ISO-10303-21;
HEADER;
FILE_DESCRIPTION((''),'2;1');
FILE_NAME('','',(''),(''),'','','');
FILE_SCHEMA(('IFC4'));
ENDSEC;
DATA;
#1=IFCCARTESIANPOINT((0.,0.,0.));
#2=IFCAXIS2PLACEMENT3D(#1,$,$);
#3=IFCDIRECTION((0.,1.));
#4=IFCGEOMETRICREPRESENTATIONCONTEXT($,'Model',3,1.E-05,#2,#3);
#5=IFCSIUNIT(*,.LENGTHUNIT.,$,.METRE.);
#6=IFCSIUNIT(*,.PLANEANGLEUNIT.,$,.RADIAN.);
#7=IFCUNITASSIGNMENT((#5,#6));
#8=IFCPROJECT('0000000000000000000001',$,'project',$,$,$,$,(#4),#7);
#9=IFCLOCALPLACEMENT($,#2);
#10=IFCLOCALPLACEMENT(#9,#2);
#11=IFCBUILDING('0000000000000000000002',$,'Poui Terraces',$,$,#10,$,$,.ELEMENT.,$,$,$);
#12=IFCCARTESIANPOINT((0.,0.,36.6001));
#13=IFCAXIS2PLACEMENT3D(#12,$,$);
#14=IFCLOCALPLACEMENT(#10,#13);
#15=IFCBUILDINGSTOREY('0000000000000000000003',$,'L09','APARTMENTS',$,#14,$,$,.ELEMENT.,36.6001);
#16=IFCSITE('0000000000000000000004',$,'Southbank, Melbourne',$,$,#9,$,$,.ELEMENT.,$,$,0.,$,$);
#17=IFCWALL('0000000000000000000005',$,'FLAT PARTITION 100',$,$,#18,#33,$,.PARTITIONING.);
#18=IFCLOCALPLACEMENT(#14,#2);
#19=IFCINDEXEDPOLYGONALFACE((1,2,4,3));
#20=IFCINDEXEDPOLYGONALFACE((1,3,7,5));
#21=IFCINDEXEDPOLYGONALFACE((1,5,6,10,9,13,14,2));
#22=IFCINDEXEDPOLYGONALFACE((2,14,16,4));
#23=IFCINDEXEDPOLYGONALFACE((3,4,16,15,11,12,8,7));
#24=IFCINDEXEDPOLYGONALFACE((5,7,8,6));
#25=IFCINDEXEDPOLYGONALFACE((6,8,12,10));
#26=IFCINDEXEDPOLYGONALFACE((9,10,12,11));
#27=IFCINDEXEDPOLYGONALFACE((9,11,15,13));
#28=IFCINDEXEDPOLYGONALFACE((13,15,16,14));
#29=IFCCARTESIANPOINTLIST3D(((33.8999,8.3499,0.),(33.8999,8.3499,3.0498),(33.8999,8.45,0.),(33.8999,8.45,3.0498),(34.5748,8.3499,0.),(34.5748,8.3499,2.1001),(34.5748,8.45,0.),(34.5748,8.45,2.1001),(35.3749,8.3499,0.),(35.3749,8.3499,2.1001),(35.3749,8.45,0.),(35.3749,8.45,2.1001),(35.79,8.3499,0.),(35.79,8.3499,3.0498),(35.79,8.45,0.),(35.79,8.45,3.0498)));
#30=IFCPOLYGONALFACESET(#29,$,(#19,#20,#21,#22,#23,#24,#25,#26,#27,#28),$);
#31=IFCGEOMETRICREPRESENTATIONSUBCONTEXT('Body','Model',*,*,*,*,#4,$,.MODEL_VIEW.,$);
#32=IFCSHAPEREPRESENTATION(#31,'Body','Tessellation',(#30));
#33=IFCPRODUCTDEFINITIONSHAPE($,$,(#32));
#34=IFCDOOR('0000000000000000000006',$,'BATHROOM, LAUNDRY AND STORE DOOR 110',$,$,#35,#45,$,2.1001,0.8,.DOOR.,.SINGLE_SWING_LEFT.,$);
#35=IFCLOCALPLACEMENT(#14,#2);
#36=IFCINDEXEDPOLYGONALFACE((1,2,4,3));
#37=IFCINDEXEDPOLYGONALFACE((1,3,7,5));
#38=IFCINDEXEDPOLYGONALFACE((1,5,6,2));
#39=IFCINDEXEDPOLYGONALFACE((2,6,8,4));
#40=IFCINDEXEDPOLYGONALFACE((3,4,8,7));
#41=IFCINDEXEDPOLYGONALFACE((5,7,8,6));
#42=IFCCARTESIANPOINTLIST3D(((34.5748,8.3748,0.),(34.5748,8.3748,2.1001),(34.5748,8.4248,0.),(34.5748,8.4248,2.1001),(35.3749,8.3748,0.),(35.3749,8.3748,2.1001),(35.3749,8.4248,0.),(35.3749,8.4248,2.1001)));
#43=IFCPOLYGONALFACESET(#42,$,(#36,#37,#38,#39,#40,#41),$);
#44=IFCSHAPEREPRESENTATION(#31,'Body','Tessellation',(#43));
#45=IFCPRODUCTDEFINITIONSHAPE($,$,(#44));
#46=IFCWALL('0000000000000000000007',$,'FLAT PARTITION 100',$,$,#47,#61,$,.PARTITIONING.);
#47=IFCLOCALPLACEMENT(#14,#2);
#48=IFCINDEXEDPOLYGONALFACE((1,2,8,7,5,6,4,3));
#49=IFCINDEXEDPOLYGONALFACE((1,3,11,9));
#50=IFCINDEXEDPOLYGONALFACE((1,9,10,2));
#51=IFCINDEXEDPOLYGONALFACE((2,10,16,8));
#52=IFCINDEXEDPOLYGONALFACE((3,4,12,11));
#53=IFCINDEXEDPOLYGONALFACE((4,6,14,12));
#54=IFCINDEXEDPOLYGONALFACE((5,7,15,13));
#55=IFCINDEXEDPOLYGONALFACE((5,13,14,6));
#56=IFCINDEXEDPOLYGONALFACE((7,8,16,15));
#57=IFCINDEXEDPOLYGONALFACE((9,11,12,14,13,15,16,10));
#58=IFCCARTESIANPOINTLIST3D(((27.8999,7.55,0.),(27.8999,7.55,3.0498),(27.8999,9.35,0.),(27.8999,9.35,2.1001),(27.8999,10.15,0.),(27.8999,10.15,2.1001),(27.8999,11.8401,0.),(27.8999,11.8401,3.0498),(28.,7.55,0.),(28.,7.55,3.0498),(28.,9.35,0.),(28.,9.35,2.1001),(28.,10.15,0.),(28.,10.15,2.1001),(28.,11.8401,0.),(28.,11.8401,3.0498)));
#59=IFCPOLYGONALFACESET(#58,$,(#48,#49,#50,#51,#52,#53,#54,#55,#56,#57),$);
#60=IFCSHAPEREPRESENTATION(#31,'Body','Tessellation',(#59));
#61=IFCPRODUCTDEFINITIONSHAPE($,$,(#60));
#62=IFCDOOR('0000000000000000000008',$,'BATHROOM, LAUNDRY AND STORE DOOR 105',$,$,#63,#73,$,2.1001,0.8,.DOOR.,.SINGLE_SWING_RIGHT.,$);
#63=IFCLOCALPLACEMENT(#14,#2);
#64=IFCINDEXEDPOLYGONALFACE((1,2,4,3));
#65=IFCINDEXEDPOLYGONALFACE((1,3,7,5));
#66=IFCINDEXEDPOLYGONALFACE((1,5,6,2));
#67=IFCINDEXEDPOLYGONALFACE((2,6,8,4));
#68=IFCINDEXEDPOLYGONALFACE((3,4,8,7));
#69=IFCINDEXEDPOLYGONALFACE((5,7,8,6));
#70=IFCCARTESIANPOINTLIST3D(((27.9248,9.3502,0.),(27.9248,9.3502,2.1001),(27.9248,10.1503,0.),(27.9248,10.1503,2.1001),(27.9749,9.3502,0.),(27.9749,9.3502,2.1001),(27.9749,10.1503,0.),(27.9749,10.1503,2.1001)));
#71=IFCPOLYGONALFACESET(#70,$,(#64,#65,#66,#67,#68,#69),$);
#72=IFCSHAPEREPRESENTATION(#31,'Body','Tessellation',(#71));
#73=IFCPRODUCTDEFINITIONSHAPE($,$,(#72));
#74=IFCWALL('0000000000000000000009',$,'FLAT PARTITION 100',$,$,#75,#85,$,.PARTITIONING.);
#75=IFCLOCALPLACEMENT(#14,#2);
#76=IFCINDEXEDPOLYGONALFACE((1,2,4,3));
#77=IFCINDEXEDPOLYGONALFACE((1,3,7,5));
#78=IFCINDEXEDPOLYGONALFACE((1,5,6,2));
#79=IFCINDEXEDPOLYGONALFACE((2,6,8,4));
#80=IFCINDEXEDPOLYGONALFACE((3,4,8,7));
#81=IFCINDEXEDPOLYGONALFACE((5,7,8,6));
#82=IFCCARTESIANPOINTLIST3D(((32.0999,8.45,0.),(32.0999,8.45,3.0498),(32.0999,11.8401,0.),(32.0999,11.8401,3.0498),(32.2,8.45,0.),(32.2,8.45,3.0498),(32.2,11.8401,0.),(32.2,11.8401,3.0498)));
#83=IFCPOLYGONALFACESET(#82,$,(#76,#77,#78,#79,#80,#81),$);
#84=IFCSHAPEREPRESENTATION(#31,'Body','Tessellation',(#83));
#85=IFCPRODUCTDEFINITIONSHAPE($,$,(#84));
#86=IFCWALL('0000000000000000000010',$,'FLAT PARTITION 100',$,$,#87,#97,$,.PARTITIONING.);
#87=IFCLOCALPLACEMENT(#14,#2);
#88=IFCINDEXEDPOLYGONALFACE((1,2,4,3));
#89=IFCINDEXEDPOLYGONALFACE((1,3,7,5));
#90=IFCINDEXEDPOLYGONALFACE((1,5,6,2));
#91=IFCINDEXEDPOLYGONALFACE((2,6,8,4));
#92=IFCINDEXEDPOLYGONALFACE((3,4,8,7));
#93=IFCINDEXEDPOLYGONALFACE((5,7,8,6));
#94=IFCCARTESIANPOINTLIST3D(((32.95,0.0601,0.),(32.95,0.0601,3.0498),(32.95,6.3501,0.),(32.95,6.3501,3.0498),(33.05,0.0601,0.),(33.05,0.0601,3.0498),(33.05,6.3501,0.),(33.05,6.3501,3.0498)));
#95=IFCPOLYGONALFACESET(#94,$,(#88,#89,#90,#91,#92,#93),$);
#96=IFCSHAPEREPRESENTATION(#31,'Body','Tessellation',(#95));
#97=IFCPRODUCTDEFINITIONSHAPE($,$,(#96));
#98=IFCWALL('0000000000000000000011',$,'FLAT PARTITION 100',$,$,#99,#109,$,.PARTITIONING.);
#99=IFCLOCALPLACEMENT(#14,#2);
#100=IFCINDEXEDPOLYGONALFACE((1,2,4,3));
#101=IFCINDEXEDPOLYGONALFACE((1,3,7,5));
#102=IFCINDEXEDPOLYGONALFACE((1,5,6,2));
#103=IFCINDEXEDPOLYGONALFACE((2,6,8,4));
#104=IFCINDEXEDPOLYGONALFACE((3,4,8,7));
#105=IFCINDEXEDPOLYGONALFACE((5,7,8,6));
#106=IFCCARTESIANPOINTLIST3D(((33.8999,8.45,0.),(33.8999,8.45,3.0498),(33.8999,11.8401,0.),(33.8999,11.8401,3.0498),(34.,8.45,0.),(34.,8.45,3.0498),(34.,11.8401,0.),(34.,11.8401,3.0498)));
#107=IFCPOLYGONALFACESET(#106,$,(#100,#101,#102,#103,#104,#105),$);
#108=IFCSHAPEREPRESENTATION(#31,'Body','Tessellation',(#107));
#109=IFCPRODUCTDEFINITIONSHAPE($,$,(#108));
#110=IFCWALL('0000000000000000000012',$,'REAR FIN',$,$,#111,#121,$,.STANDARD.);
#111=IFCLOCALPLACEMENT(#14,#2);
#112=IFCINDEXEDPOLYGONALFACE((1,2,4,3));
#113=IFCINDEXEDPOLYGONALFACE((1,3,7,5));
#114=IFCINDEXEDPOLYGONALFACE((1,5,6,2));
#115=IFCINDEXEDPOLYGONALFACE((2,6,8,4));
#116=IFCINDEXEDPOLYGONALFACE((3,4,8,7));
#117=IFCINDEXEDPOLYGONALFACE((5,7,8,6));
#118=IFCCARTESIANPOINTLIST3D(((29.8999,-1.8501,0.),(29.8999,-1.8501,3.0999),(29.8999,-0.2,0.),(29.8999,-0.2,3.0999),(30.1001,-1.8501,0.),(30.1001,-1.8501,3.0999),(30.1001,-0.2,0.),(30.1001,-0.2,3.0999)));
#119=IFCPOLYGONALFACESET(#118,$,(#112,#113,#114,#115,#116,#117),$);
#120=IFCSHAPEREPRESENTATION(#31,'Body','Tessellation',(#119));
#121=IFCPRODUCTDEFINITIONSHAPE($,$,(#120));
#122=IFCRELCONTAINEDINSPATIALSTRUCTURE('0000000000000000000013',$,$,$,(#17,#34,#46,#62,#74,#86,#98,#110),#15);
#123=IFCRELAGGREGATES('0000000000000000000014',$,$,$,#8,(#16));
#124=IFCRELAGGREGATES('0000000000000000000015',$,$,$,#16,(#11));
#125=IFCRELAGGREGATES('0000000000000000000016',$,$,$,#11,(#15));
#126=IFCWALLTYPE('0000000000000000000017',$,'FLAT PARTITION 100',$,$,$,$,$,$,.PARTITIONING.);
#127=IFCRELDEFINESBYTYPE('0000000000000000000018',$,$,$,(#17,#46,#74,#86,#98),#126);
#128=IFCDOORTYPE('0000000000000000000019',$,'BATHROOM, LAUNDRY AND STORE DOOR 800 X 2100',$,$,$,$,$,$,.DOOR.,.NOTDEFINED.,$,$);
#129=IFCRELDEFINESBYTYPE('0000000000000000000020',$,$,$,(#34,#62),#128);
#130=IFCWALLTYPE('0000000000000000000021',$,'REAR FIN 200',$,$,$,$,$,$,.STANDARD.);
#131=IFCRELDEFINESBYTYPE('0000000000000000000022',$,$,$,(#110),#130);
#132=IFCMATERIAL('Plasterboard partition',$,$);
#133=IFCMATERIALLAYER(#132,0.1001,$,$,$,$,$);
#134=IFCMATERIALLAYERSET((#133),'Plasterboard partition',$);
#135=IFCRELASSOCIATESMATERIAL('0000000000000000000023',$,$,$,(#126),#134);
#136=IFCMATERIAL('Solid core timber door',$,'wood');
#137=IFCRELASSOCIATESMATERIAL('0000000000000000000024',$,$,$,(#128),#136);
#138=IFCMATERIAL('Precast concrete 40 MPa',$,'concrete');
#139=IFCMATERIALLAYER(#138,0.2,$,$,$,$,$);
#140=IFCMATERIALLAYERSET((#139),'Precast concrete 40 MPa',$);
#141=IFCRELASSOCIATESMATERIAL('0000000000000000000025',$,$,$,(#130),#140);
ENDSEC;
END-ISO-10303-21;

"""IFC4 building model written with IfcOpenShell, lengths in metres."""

from ifc_helpers import new_model, si_unit, direction, frame, frame_2d, origin, place, context, subcontext, project, spatial, polyline, rectangle, outline, extrude, source, transform, mapped, material, layer, layer_set, type_object, element, fill, save


model = new_model("IFC4")

# Units and contexts
model_context = context("Model", 3, precision=1e-05, world=origin(), true_north=direction((0.0, 1.0)))
body_context = subcontext(model_context, "Body", "Model", "MODEL_VIEW")
ifc_project = project(units=[si_unit("LENGTHUNIT", "METRE"), si_unit("PLANEANGLEUNIT", "RADIAN")], contexts=[model_context])

# Site, building, storey
site_placement = place(None, origin())
site = spatial("IfcSite", under=ifc_project, at=site_placement, Name="Southbank, Melbourne", CompositionType="ELEMENT", RefElevation=0.0)
building_placement = place(site_placement, origin())
building = spatial("IfcBuilding", under=site, at=building_placement, Name="Poui Terraces", CompositionType="ELEMENT")
storey_placement = place(building_placement, frame((0.0, 0.0, 36.6001)))
storey = spatial("IfcBuildingStorey", under=building, at=storey_placement, Name="L09", Description="APARTMENTS", CompositionType="ELEMENT", Elevation=36.6001)

# Walls, openings, doors
ifc_material_1 = material(Name="Solid core timber door", Category="wood")
ifc_material_2 = material(Name="Plasterboard partition")
ifc_layer_1 = layer(ifc_material_2, 0.1001)
ifc_layer_set_1 = layer_set([ifc_layer_1], Name="Plasterboard partition")
wall_type_1 = type_object("IfcWallType", Name="FLAT PARTITION 100", PredefinedType="PARTITIONING", material=ifc_layer_set_1)
wall_1_placement = place(storey_placement, frame((33.8999, 8.3999, 0.0), z_axis=(0.0, 0.0, 1.0), x_axis=(1.0, 0.0, 0.0)))
wall_1 = element("IfcWall", 1, at=wall_1_placement, inside=storey, type_object=wall_type_1, Name="FLAT PARTITION 100", PredefinedType="PARTITIONING", context=body_context, shape_type="SweptSolid", body=[
    extrude(rectangle(XDim=1.8901, YDim=0.1001, at=frame_2d((0.9451, 0.0))), origin(), (0.0, 0.0, 1.0), 3.0498),
])
opening_1_placement = place(wall_1_placement, frame((0.675, 0.0, 0.0)))
opening_1 = element("IfcOpeningElement", 2, at=opening_1_placement, cuts=wall_1, PredefinedType="OPENING", context=body_context, shape_type="SweptSolid", body=[
    extrude(rectangle(XDim=0.8, YDim=2.1001, at=frame_2d((0.3999, 1.05))), frame((0.0, 0.0601, 0.0), z_axis=(0.0, -1.0, 0.0), x_axis=(1.0, 0.0, 0.0)), (0.0, 0.0, 1.0), 0.1201),
])
door_type_1 = type_object("IfcDoorType", Name="BATHROOM, LAUNDRY AND STORE DOOR 800 X 2100", OperationType="NOTDEFINED", PredefinedType="DOOR", material=ifc_material_1)
door_1_placement = place(opening_1_placement, origin())
door_1 = element("IfcDoor", 3, at=door_1_placement, inside=storey, type_object=door_type_1, Name="BATHROOM, LAUNDRY AND STORE DOOR 110", OperationType="SINGLE_SWING_LEFT", OverallHeight=2.1001, OverallWidth=0.8, PredefinedType="DOOR", context=body_context, shape_type="SweptSolid", body=[
    extrude(rectangle(XDim=0.8, YDim=2.1001, at=frame_2d((0.3999, 1.05))), frame((0.0, 0.0249, 0.0), z_axis=(0.0, -1.0, 0.0), x_axis=(1.0, 0.0, 0.0)), (0.0, 0.0, 1.0), 0.05),
])
fill(opening_1, door_1)
wall_2_placement = place(storey_placement, frame((27.95, 7.55, 0.0), z_axis=(0.0, 0.0, 1.0), x_axis=(0.0, 1.0, 0.0)))
wall_2 = element("IfcWall", 4, at=wall_2_placement, inside=storey, type_object=wall_type_1, Name="FLAT PARTITION 100", PredefinedType="PARTITIONING", context=body_context, shape_type="SweptSolid", body=[
    extrude(rectangle(XDim=4.29, YDim=0.1001, at=frame_2d((2.145, 0.0))), origin(), (0.0, 0.0, 1.0), 3.0498),
])
opening_2_placement = place(wall_2_placement, frame((1.8, 0.0, 0.0)))
opening_2 = element("IfcOpeningElement", 5, at=opening_2_placement, cuts=wall_2, PredefinedType="OPENING", context=body_context, shape_type="SweptSolid", body=[
    extrude(rectangle(XDim=0.8, YDim=2.1001, at=frame_2d((0.3999, 1.05))), frame((0.0, 0.0601, 0.0), z_axis=(0.0, -1.0, 0.0), x_axis=(1.0, 0.0, 0.0)), (0.0, 0.0, 1.0), 0.1201),
])
door_2_placement = place(opening_2_placement, frame((0.8, 0.0, 0.0), z_axis=(0.0, 0.0, 1.0), x_axis=(-1.0, 0.0, 0.0)))
door_2 = element("IfcDoor", 6, at=door_2_placement, inside=storey, type_object=door_type_1, Name="BATHROOM, LAUNDRY AND STORE DOOR 105", OperationType="SINGLE_SWING_RIGHT", OverallHeight=2.1001, OverallWidth=0.8, PredefinedType="DOOR", context=body_context, shape_type="SweptSolid", body=[
    extrude(rectangle(XDim=0.8, YDim=2.1001, at=frame_2d((0.3999, 1.05))), frame((0.0, 0.0249, 0.0), z_axis=(0.0, -1.0, 0.0), x_axis=(1.0, 0.0, 0.0)), (0.0, 0.0, 1.0), 0.05),
])
fill(opening_2, door_2)

# Walls
wall_3_placement = place(storey_placement, frame((32.1499, 8.45, 0.0), z_axis=(0.0, 0.0, 1.0), x_axis=(0.0, 1.0, 0.0)))
element("IfcWall", 7, at=wall_3_placement, inside=storey, type_object=wall_type_1, Name="FLAT PARTITION 100", PredefinedType="PARTITIONING", context=body_context, shape_type="SweptSolid", body=[
    extrude(rectangle(XDim=3.3901, YDim=0.1001, at=frame_2d((1.6951, 0.0))), origin(), (0.0, 0.0, 1.0), 3.0498),
])
wall_4_placement = place(storey_placement, frame((33.0, 0.0601, 0.0), z_axis=(0.0, 0.0, 1.0), x_axis=(0.0, 1.0, 0.0)))
element("IfcWall", 8, at=wall_4_placement, inside=storey, type_object=wall_type_1, Name="FLAT PARTITION 100", PredefinedType="PARTITIONING", context=body_context, shape_type="SweptSolid", body=[
    extrude(rectangle(XDim=6.29, YDim=0.1001, at=frame_2d((3.145, 0.0))), origin(), (0.0, 0.0, 1.0), 3.0498),
])
wall_5_placement = place(storey_placement, frame((33.95, 8.45, 0.0), z_axis=(0.0, 0.0, 1.0), x_axis=(0.0, 1.0, 0.0)))
element("IfcWall", 9, at=wall_5_placement, inside=storey, type_object=wall_type_1, Name="FLAT PARTITION 100", PredefinedType="PARTITIONING", context=body_context, shape_type="SweptSolid", body=[
    extrude(rectangle(XDim=3.3901, YDim=0.1001, at=frame_2d((1.6951, 0.0))), origin(), (0.0, 0.0, 1.0), 3.0498),
])
ifc_material_3 = material(Name="Precast concrete 40 MPa", Category="concrete")
ifc_layer_2 = layer(ifc_material_3, 0.2)
ifc_layer_set_2 = layer_set([ifc_layer_2], Name="Precast concrete 40 MPa")
wall_type_2 = type_object("IfcWallType", Name="REAR FIN 200", PredefinedType="STANDARD", material=ifc_layer_set_2)
shared_shape_1 = source(origin(), body_context, "Body", "SweptSolid", [
    extrude(outline(polyline([(0.0, 0.0), (0.2002, 0.0), (0.2002, 1.6501), (0.0, 1.6501), (0.0, 0.0)])), origin(), (0.0, 0.0, 1.0), 3.0999),
])
wall_6_placement = place(storey_placement, frame((29.8999, -1.8501, 0.0)))
element("IfcWall", 10, at=wall_6_placement, inside=storey, type_object=wall_type_2, Name="REAR FIN", PredefinedType="STANDARD", context=body_context, shape_type="MappedRepresentation", body=[
    mapped(shared_shape_1, transform((0.0, 0.0, 0.0))),
])

save(model, "model.ifc")
